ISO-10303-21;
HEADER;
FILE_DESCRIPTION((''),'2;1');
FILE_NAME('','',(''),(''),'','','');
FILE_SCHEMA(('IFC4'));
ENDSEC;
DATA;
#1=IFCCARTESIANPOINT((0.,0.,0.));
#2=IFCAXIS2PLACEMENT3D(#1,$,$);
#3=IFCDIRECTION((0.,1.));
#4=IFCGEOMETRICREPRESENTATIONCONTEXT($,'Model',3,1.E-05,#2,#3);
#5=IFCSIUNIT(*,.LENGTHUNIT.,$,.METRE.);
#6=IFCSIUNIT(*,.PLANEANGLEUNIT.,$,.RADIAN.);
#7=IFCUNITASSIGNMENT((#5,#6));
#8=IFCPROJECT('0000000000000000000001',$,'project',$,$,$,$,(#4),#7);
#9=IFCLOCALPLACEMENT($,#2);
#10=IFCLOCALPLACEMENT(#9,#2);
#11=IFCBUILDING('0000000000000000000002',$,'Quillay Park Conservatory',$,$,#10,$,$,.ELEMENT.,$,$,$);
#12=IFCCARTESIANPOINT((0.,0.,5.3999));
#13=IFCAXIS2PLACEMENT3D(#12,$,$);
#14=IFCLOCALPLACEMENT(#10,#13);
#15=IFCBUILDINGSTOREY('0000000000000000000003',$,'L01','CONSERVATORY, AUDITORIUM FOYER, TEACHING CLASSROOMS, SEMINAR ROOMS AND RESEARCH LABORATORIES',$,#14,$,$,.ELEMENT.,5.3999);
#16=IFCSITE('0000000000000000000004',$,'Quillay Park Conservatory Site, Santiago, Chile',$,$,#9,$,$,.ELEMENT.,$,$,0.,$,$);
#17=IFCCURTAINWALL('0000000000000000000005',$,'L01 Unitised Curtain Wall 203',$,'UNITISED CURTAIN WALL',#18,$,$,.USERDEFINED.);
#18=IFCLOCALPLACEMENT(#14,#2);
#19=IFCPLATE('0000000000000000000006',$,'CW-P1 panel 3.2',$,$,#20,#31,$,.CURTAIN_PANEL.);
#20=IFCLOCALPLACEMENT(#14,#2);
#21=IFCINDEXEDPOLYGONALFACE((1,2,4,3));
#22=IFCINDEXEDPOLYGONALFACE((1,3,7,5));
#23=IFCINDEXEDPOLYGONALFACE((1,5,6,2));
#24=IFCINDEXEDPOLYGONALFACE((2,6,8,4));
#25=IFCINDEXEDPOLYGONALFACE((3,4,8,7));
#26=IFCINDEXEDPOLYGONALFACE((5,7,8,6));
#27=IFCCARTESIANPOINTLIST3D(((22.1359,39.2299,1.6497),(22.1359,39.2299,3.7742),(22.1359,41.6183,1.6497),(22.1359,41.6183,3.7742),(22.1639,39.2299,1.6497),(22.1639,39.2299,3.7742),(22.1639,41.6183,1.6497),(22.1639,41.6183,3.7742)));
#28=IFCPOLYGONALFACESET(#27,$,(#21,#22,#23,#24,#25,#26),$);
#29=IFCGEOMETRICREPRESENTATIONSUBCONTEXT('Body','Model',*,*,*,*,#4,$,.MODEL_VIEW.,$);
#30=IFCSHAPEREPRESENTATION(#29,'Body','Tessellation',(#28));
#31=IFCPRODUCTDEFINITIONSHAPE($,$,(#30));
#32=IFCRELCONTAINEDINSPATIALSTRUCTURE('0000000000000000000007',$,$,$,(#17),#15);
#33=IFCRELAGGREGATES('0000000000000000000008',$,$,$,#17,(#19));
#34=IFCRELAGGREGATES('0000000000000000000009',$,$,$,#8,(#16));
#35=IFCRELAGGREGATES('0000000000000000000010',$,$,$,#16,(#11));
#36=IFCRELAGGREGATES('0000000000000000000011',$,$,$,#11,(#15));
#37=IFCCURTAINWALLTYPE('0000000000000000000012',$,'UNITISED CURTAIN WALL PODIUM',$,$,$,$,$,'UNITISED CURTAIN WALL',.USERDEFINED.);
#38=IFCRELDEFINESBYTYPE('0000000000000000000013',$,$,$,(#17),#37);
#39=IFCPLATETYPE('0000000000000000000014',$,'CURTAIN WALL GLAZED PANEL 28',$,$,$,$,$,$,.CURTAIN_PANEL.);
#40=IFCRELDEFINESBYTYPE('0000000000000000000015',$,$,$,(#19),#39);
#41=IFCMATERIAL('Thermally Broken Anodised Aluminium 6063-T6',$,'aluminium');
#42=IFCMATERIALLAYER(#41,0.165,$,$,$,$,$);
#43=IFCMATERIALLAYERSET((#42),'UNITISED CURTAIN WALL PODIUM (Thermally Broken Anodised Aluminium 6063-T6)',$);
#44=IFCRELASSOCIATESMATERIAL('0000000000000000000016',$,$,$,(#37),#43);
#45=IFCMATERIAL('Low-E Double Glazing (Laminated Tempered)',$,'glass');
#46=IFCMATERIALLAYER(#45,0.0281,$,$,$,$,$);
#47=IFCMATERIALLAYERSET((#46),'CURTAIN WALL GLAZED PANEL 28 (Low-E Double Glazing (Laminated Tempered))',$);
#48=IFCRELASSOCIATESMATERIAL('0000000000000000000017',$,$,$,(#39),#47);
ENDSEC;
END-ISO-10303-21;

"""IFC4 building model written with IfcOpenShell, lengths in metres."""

from ifc_helpers import new_model, si_unit, direction, frame, origin, origin_2d, place, context, subcontext, project, spatial, rectangle, extrude, material, layer, layer_set, type_object, element, aggregate, save


model = new_model("IFC4")

# Units and contexts
model_context = context("Model", 3, precision=1e-05, world=origin(), true_north=direction((0.0, 1.0)))
body_context = subcontext(model_context, "Body", "Model", "MODEL_VIEW")
ifc_project = project(units=[si_unit("LENGTHUNIT", "METRE"), si_unit("PLANEANGLEUNIT", "RADIAN")], contexts=[model_context])

# Site, building, storey
site_placement = place(None, origin())
site = spatial("IfcSite", under=ifc_project, at=site_placement, Name="Quillay Park Conservatory Site, Santiago, Chile", CompositionType="ELEMENT", RefElevation=0.0)
building_placement = place(site_placement, origin())
building = spatial("IfcBuilding", under=site, at=building_placement, Name="Quillay Park Conservatory", CompositionType="ELEMENT")
storey_placement = place(building_placement, frame((0.0, 0.0, 5.3999)))
storey = spatial("IfcBuildingStorey", under=building, at=storey_placement, Name="L01", Description="CONSERVATORY, AUDITORIUM FOYER, TEACHING CLASSROOMS, SEMINAR ROOMS AND RESEARCH LABORATORIES", CompositionType="ELEMENT", Elevation=5.3999)

# Curtain wall
ifc_material_1 = material(Name="Thermally Broken Anodised Aluminium 6063-T6", Category="aluminium")
ifc_layer_1 = layer(ifc_material_1, 0.165)
ifc_layer_set_1 = layer_set([ifc_layer_1], Name="UNITISED CURTAIN WALL PODIUM (Thermally Broken Anodised Aluminium 6063-T6)")
curtain_wall_type = type_object("IfcCurtainWallType", Name="UNITISED CURTAIN WALL PODIUM", ElementType="UNITISED CURTAIN WALL", PredefinedType="USERDEFINED", material=ifc_layer_set_1)
curtain_wall_1_placement = place(storey_placement, origin())
curtain_wall_1 = element("IfcCurtainWall", 1, at=curtain_wall_1_placement, inside=storey, type_object=curtain_wall_type, Name="L01 Unitised Curtain Wall 203", ObjectType="UNITISED CURTAIN WALL", PredefinedType="USERDEFINED")

# Plate
ifc_material_2 = material(Name="Low-E Double Glazing (Laminated Tempered)", Category="glass")
ifc_layer_2 = layer(ifc_material_2, 0.0281)
ifc_layer_set_2 = layer_set([ifc_layer_2], Name="CURTAIN WALL GLAZED PANEL 28 (Low-E Double Glazing (Laminated Tempered))")
plate_type = type_object("IfcPlateType", Name="CURTAIN WALL GLAZED PANEL 28", PredefinedType="CURTAIN_PANEL", material=ifc_layer_set_2)
plate_1_placement = place(storey_placement, frame((22.1499, 40.4241, 1.6497), z_axis=(0.0, 0.0, 1.0), x_axis=(0.0, -1.0, 0.0)))
plate_1 = element("IfcPlate", 2, at=plate_1_placement, type_object=plate_type, Name="CW-P1 panel 3.2", PredefinedType="CURTAIN_PANEL", context=body_context, shape_type="SweptSolid", body=[
    extrude(rectangle(XDim=2.3884, YDim=0.0281, at=origin_2d()), origin(), (0.0, 0.0, 1.0), 2.1245),
])
aggregate(curtain_wall_1, [plate_1])

save(model, "model.ifc")
